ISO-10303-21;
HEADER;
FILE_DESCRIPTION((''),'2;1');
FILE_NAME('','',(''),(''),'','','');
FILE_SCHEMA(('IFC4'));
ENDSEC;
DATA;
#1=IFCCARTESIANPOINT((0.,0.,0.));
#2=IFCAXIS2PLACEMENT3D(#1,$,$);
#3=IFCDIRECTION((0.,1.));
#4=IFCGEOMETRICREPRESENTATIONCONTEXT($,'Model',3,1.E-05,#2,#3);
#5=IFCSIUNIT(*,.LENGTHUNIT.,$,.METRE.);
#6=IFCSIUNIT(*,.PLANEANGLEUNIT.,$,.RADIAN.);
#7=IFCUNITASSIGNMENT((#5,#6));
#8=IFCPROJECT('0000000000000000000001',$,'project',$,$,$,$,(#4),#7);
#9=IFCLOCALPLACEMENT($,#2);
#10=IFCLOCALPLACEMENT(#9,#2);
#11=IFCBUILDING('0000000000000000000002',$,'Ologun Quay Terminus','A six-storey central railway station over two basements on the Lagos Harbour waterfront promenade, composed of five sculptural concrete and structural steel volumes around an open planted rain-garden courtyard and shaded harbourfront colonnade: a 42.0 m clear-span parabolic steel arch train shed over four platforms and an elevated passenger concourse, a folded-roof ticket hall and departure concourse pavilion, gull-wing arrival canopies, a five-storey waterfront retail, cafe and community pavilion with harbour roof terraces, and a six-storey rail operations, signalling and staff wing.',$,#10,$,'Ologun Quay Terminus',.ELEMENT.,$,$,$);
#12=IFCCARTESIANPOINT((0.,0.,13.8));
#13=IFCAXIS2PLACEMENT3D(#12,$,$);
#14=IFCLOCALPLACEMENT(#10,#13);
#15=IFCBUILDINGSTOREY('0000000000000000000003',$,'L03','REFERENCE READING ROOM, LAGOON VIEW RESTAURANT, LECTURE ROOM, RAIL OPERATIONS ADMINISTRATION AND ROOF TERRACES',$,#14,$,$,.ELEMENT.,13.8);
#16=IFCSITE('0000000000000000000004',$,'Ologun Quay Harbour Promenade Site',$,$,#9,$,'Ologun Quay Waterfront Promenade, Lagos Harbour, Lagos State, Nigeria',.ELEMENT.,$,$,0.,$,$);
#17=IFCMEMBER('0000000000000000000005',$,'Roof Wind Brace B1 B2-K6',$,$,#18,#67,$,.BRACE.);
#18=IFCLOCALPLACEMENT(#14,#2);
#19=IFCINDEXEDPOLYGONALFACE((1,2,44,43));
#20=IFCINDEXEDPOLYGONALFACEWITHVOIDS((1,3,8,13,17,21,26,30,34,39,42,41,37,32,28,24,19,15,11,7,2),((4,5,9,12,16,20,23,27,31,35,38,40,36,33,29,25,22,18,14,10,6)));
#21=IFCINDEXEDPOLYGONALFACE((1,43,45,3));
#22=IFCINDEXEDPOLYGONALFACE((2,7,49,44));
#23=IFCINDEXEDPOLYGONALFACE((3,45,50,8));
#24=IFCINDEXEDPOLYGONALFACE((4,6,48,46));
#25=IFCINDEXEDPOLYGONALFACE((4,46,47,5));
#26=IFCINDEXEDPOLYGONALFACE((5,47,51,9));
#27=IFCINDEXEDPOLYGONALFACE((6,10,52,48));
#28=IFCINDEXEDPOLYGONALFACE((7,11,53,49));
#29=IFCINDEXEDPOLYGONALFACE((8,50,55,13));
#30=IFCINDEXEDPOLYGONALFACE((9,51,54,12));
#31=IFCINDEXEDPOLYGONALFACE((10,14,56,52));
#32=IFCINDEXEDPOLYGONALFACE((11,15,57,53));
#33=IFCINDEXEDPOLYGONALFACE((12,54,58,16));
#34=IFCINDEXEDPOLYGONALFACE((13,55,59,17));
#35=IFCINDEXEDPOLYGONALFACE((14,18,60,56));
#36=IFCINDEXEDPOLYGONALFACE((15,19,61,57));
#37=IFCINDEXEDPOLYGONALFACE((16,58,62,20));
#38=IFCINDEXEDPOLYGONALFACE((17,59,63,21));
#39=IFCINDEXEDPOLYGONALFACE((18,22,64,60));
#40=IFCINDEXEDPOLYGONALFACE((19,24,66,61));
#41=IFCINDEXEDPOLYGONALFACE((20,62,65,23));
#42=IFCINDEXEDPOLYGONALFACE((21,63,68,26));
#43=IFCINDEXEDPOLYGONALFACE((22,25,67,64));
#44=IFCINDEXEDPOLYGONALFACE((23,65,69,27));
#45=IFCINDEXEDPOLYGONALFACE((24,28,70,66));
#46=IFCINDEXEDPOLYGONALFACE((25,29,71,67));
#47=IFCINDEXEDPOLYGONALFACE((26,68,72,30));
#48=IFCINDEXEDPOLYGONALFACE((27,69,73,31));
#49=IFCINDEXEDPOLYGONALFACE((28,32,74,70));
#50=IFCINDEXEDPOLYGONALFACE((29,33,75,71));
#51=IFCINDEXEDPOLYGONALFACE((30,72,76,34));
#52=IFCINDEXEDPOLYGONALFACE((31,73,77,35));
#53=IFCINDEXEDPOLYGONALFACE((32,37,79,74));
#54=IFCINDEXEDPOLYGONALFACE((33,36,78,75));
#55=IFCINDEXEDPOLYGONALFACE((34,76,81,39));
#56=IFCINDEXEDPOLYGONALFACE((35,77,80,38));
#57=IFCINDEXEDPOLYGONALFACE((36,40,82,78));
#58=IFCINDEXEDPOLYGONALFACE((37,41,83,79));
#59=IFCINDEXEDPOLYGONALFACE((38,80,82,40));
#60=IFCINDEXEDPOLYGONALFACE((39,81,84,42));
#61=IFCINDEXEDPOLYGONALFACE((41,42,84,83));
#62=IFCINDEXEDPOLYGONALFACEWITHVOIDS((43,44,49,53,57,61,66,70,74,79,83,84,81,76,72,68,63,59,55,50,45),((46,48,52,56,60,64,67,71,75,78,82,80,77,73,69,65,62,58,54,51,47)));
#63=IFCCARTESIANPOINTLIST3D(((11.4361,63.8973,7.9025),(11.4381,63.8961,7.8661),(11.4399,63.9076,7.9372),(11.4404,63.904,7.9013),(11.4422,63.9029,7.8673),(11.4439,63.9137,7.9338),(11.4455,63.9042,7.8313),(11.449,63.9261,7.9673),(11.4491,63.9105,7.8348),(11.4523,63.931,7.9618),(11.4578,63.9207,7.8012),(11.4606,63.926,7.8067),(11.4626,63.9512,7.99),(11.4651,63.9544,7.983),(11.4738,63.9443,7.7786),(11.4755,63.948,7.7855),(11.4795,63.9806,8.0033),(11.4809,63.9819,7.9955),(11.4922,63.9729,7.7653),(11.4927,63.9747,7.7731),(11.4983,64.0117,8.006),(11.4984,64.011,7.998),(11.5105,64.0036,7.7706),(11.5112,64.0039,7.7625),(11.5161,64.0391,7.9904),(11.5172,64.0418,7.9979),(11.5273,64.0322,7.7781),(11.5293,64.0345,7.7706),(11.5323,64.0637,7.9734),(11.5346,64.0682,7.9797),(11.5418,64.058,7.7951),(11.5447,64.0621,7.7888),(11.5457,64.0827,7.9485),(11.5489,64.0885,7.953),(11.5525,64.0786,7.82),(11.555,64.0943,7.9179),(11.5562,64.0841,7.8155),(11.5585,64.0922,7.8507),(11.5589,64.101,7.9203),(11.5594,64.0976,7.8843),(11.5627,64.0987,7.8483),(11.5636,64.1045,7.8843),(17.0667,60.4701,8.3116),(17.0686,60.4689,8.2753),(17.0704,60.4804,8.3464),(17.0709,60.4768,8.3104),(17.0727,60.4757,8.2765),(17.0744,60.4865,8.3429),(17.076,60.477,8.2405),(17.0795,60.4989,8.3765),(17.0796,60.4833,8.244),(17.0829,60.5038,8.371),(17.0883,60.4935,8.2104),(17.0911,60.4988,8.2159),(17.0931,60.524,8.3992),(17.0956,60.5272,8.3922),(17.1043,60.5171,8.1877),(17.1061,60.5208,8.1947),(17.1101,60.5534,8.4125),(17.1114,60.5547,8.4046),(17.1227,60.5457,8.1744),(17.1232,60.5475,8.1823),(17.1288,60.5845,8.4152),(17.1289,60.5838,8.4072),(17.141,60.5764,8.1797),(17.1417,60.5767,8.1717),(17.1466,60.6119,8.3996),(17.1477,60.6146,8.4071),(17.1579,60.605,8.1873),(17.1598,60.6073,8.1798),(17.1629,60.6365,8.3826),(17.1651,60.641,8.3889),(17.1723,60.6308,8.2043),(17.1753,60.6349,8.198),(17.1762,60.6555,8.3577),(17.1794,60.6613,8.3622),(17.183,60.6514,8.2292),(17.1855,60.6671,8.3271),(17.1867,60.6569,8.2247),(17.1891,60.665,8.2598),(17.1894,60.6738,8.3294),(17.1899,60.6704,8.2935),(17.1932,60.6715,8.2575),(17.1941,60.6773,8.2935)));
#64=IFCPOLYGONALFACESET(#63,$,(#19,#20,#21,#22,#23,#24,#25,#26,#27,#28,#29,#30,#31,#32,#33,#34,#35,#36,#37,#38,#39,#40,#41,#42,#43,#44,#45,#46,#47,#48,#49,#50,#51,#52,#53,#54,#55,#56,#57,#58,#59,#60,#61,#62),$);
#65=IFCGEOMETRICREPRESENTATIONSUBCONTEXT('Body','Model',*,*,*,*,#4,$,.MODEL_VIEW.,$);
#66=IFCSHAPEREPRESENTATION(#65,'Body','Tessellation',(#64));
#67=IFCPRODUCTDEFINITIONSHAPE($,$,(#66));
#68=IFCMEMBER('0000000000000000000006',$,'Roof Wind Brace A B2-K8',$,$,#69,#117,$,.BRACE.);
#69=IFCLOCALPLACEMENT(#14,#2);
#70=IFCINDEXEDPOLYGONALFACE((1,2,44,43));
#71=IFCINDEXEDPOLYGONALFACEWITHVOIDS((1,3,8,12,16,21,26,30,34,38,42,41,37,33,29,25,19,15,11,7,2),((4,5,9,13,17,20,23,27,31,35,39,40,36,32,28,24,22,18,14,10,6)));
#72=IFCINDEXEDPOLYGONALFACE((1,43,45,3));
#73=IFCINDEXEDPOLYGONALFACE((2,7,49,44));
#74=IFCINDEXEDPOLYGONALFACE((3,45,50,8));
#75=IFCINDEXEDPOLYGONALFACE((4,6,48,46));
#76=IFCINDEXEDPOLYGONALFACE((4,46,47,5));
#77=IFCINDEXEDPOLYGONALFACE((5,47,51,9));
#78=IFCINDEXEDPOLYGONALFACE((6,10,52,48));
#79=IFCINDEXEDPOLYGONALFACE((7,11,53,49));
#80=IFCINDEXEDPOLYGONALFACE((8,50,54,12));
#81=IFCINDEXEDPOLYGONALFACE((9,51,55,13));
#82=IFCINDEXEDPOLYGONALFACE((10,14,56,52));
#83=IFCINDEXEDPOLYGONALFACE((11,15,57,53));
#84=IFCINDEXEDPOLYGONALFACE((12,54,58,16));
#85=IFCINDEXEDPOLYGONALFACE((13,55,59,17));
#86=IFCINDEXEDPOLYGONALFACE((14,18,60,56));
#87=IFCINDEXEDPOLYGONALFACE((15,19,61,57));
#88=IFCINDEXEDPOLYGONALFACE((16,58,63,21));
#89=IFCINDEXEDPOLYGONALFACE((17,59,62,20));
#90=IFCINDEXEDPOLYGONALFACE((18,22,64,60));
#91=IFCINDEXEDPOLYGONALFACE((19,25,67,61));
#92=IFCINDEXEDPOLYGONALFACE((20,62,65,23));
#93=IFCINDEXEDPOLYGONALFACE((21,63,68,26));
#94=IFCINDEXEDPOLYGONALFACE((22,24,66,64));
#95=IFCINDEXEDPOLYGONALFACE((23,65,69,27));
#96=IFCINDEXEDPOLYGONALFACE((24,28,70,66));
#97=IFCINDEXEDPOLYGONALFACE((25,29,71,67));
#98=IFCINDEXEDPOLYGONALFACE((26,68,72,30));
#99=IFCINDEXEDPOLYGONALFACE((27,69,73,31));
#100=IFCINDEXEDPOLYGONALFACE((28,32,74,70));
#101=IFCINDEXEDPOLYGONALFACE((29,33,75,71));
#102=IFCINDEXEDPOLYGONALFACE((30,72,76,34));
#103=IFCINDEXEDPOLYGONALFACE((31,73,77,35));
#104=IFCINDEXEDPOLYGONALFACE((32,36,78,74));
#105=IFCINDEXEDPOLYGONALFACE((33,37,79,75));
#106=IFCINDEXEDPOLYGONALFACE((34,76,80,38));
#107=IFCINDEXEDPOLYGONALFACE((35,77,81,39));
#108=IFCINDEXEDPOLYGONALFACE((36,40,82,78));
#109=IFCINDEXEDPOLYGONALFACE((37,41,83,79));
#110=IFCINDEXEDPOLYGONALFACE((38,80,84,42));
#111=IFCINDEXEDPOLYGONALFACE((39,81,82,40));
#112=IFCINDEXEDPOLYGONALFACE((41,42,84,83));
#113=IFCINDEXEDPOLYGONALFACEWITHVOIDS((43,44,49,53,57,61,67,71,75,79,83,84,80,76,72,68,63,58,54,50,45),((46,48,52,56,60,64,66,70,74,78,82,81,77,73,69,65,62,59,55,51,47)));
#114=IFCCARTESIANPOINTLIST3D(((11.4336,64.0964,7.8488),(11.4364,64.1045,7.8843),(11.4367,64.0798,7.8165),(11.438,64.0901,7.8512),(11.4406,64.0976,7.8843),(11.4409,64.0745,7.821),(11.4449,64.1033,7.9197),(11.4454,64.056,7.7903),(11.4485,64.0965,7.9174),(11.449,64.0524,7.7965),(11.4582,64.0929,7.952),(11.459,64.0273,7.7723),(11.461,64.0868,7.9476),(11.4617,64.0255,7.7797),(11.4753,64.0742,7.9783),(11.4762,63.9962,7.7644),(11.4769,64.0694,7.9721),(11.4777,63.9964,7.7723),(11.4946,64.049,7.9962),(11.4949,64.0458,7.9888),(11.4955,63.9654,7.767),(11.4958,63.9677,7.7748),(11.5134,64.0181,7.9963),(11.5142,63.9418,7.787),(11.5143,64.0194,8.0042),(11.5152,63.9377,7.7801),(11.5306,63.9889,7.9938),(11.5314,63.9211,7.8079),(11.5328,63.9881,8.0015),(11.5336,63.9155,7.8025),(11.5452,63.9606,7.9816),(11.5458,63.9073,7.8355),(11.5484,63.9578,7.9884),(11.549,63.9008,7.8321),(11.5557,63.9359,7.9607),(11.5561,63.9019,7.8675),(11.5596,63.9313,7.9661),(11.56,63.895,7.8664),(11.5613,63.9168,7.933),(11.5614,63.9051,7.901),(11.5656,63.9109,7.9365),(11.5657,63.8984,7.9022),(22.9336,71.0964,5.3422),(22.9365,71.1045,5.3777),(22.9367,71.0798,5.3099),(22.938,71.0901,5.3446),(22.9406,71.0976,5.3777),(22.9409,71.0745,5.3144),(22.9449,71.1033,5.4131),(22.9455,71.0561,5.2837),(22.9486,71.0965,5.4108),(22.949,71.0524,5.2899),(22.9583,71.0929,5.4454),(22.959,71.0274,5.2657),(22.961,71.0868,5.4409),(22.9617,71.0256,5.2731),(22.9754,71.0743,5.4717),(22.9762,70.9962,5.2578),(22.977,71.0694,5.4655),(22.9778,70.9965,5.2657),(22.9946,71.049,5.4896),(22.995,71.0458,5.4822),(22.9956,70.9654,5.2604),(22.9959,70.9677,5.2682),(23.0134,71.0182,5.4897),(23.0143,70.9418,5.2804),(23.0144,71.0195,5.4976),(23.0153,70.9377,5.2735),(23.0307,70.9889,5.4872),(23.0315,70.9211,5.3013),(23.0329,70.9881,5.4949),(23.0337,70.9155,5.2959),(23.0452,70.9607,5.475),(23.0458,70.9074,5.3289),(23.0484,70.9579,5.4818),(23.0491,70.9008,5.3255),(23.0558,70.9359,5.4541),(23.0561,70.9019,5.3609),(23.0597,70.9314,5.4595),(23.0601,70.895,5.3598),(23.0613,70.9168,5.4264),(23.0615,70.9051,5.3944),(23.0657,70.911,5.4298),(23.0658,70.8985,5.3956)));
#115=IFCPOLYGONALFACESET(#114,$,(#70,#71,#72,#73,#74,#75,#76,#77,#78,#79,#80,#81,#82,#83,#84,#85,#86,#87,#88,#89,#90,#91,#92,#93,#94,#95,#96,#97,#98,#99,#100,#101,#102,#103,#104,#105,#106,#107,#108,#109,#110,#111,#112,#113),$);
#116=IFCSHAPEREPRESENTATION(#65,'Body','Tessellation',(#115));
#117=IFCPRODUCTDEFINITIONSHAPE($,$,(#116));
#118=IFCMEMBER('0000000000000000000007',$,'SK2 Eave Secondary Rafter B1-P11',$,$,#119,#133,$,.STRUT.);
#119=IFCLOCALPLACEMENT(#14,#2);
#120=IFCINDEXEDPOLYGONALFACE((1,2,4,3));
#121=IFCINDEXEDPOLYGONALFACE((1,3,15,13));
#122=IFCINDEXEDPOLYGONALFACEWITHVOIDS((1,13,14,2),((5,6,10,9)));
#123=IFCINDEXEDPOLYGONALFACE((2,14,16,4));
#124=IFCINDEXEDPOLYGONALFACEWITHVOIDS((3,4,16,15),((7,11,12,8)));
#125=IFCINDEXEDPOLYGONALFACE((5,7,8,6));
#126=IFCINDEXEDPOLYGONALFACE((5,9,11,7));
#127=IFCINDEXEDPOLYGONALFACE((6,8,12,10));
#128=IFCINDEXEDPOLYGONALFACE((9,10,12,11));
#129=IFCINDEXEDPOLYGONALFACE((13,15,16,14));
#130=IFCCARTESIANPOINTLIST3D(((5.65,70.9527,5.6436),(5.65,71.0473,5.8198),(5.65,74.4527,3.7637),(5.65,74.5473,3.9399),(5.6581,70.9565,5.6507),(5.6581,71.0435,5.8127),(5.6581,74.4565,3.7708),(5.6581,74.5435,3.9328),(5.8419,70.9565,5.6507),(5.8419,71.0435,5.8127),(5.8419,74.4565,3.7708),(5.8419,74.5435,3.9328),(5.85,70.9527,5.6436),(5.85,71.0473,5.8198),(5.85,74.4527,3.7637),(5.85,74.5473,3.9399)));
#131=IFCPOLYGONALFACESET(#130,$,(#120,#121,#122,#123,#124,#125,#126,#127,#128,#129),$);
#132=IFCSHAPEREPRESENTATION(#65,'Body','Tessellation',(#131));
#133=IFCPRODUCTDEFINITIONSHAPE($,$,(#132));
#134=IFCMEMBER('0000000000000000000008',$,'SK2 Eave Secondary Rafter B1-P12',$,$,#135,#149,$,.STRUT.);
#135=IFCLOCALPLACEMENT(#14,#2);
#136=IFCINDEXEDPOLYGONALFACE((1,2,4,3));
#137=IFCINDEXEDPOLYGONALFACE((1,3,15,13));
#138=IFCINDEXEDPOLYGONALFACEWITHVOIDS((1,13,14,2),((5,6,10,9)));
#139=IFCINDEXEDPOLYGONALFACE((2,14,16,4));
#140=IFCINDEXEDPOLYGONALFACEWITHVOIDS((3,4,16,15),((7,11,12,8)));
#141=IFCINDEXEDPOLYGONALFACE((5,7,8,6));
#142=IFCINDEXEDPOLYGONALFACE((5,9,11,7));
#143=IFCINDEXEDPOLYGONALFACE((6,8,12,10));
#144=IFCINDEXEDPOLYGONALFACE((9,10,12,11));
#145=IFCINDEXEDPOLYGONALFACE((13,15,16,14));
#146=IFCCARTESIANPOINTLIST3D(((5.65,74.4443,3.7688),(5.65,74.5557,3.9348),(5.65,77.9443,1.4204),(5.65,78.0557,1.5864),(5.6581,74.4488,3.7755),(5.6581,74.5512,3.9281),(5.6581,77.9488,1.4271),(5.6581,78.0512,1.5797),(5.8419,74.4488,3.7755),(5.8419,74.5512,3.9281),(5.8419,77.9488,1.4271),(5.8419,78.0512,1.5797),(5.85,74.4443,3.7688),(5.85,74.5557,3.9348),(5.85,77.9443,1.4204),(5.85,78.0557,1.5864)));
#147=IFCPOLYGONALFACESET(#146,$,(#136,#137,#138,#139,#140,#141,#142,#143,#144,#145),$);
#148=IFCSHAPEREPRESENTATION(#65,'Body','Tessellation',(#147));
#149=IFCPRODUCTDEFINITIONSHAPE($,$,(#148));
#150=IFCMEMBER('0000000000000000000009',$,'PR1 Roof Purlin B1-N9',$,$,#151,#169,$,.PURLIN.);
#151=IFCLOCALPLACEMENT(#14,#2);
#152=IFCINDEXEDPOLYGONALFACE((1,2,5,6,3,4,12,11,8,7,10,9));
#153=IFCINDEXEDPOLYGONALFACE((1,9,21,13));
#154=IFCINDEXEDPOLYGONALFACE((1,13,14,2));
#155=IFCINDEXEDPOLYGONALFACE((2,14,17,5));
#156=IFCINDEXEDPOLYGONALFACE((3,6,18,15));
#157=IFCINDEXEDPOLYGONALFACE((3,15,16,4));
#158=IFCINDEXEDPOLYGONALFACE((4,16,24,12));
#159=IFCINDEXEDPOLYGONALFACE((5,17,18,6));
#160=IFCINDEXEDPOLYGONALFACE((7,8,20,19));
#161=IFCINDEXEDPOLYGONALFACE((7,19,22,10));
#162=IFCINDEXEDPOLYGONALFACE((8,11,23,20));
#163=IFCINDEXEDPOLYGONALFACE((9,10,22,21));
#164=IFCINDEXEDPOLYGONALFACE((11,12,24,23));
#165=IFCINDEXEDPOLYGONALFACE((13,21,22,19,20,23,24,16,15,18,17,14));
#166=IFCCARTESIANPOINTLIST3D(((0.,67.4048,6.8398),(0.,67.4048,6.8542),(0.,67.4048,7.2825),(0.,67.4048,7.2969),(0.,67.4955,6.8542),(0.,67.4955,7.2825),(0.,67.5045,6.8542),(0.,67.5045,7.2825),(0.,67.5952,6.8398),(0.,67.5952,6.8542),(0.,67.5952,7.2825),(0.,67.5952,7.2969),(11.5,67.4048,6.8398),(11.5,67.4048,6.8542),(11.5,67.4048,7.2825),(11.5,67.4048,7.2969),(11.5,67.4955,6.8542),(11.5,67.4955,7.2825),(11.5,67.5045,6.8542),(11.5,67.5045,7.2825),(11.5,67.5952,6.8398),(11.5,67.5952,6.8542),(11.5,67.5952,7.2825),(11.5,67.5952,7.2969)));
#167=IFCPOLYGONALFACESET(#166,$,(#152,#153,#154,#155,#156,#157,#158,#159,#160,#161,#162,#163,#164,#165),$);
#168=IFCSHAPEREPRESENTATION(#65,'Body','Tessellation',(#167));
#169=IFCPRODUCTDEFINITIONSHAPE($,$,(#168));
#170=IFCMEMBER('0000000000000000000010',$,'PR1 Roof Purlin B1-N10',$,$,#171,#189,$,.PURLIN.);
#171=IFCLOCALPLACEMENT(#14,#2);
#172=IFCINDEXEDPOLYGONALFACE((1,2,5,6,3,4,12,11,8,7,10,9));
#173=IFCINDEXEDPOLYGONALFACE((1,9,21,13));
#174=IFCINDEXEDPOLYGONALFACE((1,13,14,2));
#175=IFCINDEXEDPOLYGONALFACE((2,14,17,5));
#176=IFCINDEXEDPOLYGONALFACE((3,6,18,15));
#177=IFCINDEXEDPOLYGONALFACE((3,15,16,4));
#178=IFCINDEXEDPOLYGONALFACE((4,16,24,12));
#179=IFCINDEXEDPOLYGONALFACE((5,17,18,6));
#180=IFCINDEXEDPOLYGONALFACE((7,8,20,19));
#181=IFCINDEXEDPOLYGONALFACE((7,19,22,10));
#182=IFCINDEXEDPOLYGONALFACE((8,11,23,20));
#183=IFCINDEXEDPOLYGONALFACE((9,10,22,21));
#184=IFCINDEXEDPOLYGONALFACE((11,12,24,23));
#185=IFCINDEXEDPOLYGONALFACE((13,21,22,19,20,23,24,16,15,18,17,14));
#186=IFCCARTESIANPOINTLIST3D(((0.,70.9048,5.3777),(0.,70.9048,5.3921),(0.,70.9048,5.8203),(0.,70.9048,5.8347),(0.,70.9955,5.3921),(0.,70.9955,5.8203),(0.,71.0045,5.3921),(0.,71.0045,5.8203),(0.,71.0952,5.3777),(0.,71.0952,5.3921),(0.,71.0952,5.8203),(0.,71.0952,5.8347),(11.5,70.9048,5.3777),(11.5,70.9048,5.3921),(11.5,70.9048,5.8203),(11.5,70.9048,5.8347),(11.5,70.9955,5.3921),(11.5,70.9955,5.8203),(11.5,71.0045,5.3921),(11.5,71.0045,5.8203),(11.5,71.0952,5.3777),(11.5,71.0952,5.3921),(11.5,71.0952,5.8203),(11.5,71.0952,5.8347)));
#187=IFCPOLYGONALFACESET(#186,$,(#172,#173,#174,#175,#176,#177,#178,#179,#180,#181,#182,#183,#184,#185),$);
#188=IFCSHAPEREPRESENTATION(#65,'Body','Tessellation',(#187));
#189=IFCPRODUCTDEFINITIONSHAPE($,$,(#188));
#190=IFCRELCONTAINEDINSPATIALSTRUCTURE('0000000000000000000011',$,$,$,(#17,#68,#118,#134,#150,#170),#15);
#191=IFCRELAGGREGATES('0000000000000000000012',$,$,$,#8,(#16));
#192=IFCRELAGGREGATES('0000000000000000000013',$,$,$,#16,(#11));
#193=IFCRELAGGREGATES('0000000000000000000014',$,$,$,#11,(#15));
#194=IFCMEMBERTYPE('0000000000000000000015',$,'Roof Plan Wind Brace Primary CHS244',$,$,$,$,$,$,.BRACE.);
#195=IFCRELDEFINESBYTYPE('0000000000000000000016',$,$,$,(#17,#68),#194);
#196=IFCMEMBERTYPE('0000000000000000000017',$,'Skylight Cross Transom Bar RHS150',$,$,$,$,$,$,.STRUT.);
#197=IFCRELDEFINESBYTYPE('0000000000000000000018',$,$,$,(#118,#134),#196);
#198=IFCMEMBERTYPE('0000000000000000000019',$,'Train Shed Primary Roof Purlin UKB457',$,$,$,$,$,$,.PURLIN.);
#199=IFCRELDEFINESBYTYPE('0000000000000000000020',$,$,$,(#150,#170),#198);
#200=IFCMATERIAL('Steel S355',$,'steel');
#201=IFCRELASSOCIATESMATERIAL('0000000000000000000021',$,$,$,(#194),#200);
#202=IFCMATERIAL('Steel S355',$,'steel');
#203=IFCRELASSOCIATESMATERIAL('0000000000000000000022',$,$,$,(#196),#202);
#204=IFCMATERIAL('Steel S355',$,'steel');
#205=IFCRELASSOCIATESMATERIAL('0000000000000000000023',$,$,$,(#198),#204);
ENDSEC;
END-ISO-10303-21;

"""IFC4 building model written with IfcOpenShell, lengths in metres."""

from ifc_helpers import new_model, si_unit, direction, frame, origin, origin_2d, place, context, subcontext, project, spatial, hollow_rectangle, hollow_circle, i_section, extrude, material, material_profile, profile_set, type_object, element, save


model = new_model("IFC4")

# Units and contexts
model_context = context("Model", 3, precision=1e-05, world=origin(), true_north=direction((0.0, 1.0)))
body_context = subcontext(model_context, "Body", "Model", "MODEL_VIEW")
ifc_project = project(units=[si_unit("LENGTHUNIT", "METRE"), si_unit("PLANEANGLEUNIT", "RADIAN")], contexts=[model_context])

# Site, building, storey
site_placement = place(None, origin())
site = spatial("IfcSite", under=ifc_project, at=site_placement, Name="Ologun Quay Harbour Promenade Site", LongName="Ologun Quay Waterfront Promenade, Lagos Harbour, Lagos State, Nigeria", CompositionType="ELEMENT", RefElevation=0.0)
building_placement = place(site_placement, origin())
building = spatial("IfcBuilding", under=site, at=building_placement, Name="Ologun Quay Terminus", Description="A six-storey central railway station over two basements on the Lagos Harbour waterfront promenade, composed of five sculptural concrete and structural steel volumes around an open planted rain-garden courtyard and shaded harbourfront colonnade: a 42.0 m clear-span parabolic steel arch train shed over four platforms and an elevated passenger concourse, a folded-roof ticket hall and departure concourse pavilion, gull-wing arrival canopies, a five-storey waterfront retail, cafe and community pavilion with harbour roof terraces, and a six-storey rail operations, signalling and staff wing.", LongName="Ologun Quay Terminus", CompositionType="ELEMENT")
storey_placement = place(building_placement, frame((0.0, 0.0, 13.8)))
storey = spatial("IfcBuildingStorey", under=building, at=storey_placement, Name="L03", Description="REFERENCE READING ROOM, LAGOON VIEW RESTAURANT, LECTURE ROOM, RAIL OPERATIONS ADMINISTRATION AND ROOF TERRACES", CompositionType="ELEMENT", Elevation=13.8)

# Members
ifc_material_1 = material(Name="Steel S355", Category="steel")
ifc_material_profile_1 = material_profile(ifc_material_1, hollow_circle(Radius=0.1223, WallThickness=0.0081, at=origin_2d()), Name="CHS 244.5x8")
ifc_profile_set_1 = profile_set([ifc_material_profile_1], Name="Steel S355")
member_type_1 = type_object("IfcMemberType", Name="Roof Plan Wind Brace Primary CHS244", PredefinedType="BRACE", material=ifc_profile_set_1)
member_1_placement = place(storey_placement, frame((11.5, 64.0, 7.8843), z_axis=(0.852563, -0.518939, 0.061956), x_axis=(0.519938, 0.854204, 0.0)))
element("IfcMember", 1, at=member_1_placement, inside=storey, type_object=member_type_1, Name="Roof Wind Brace B1 B2-K6", PredefinedType="BRACE", context=body_context, shape_type="SweptSolid", body=[
    extrude(hollow_circle(Radius=0.1223, WallThickness=0.0081, at=origin_2d()), origin(), (0.0, 0.0, 1.0), 6.6042),
])
member_2_placement = place(storey_placement, frame((11.5, 64.0, 7.8843), z_axis=(0.839767, 0.511163, -0.183039), x_axis=(-0.519947, 0.854199, 0.0)))
element("IfcMember", 2, at=member_2_placement, inside=storey, type_object=member_type_1, Name="Roof Wind Brace A B2-K8", PredefinedType="BRACE", context=body_context, shape_type="SweptSolid", body=[
    extrude(hollow_circle(Radius=0.1223, WallThickness=0.0081, at=origin_2d()), origin(), (0.0, 0.0, 1.0), 13.6943),
])
ifc_material_2 = material(Name="Steel S355", Category="steel")
ifc_material_profile_2 = material_profile(ifc_material_2, hollow_rectangle(XDim=0.2, YDim=0.2, WallThickness=0.0081, at=origin_2d()), Name="SHS 200x200x8")
ifc_profile_set_2 = profile_set([ifc_material_profile_2], Name="Steel S355")
member_type_2 = type_object("IfcMemberType", Name="Skylight Cross Transom Bar RHS150", PredefinedType="STRUT", material=ifc_profile_set_2)
member_3_placement = place(storey_placement, frame((5.75, 71.0, 5.7317), z_axis=(0.0, 0.880968, -0.473176), x_axis=(-1.0, 0.0, 0.0)))
element("IfcMember", 3, at=member_3_placement, inside=storey, type_object=member_type_2, Name="SK2 Eave Secondary Rafter B1-P11", PredefinedType="STRUT", context=body_context, shape_type="SweptSolid", body=[
    extrude(hollow_rectangle(XDim=0.2, YDim=0.2, WallThickness=0.0081, at=origin_2d()), origin(), (0.0, 0.0, 1.0), 3.9729),
])
member_4_placement = place(storey_placement, frame((5.75, 74.5, 3.8518), z_axis=(0.0, 0.830398, -0.557171), x_axis=(-1.0, 0.0, 0.0)))
element("IfcMember", 4, at=member_4_placement, inside=storey, type_object=member_type_2, Name="SK2 Eave Secondary Rafter B1-P12", PredefinedType="STRUT", context=body_context, shape_type="SweptSolid", body=[
    extrude(hollow_rectangle(XDim=0.2, YDim=0.2, WallThickness=0.0081, at=origin_2d()), origin(), (0.0, 0.0, 1.0), 4.2148),
])
ifc_material_3 = material(Name="Steel S355", Category="steel")
ifc_material_profile_3 = material_profile(ifc_material_3, i_section(OverallWidth=0.1904, OverallDepth=0.457, WebThickness=0.009, FlangeThickness=0.0144, at=origin_2d()), Name="UKB 457x191x74")
ifc_profile_set_3 = profile_set([ifc_material_profile_3], Name="Steel S355")
member_type_3 = type_object("IfcMemberType", Name="Train Shed Primary Roof Purlin UKB457", PredefinedType="PURLIN", material=ifc_profile_set_3)
for number, where, z_axis, x_axis, name in (
    (5, (0.0, 67.5, 7.0684), (1.0, 0.0, 0.0), (0.0, 1.0, 0.0), "PR1 Roof Purlin B1-N9"),
    (6, (0.0, 71.0, 5.6062), (1.0, 0.0, 0.0), (0.0, 1.0, 0.0), "PR1 Roof Purlin B1-N10"),
):
    element("IfcMember", number, at=place(storey_placement, frame(where, z_axis=z_axis, x_axis=x_axis)), inside=storey, type_object=member_type_3, Name=name, PredefinedType="PURLIN", context=body_context, shape_type="SweptSolid", body=[
        extrude(i_section(OverallWidth=0.1904, OverallDepth=0.457, WebThickness=0.009, FlangeThickness=0.0144, at=origin_2d()), origin(), (0.0, 0.0, 1.0), 11.5),
    ])

save(model, "model.ifc")
